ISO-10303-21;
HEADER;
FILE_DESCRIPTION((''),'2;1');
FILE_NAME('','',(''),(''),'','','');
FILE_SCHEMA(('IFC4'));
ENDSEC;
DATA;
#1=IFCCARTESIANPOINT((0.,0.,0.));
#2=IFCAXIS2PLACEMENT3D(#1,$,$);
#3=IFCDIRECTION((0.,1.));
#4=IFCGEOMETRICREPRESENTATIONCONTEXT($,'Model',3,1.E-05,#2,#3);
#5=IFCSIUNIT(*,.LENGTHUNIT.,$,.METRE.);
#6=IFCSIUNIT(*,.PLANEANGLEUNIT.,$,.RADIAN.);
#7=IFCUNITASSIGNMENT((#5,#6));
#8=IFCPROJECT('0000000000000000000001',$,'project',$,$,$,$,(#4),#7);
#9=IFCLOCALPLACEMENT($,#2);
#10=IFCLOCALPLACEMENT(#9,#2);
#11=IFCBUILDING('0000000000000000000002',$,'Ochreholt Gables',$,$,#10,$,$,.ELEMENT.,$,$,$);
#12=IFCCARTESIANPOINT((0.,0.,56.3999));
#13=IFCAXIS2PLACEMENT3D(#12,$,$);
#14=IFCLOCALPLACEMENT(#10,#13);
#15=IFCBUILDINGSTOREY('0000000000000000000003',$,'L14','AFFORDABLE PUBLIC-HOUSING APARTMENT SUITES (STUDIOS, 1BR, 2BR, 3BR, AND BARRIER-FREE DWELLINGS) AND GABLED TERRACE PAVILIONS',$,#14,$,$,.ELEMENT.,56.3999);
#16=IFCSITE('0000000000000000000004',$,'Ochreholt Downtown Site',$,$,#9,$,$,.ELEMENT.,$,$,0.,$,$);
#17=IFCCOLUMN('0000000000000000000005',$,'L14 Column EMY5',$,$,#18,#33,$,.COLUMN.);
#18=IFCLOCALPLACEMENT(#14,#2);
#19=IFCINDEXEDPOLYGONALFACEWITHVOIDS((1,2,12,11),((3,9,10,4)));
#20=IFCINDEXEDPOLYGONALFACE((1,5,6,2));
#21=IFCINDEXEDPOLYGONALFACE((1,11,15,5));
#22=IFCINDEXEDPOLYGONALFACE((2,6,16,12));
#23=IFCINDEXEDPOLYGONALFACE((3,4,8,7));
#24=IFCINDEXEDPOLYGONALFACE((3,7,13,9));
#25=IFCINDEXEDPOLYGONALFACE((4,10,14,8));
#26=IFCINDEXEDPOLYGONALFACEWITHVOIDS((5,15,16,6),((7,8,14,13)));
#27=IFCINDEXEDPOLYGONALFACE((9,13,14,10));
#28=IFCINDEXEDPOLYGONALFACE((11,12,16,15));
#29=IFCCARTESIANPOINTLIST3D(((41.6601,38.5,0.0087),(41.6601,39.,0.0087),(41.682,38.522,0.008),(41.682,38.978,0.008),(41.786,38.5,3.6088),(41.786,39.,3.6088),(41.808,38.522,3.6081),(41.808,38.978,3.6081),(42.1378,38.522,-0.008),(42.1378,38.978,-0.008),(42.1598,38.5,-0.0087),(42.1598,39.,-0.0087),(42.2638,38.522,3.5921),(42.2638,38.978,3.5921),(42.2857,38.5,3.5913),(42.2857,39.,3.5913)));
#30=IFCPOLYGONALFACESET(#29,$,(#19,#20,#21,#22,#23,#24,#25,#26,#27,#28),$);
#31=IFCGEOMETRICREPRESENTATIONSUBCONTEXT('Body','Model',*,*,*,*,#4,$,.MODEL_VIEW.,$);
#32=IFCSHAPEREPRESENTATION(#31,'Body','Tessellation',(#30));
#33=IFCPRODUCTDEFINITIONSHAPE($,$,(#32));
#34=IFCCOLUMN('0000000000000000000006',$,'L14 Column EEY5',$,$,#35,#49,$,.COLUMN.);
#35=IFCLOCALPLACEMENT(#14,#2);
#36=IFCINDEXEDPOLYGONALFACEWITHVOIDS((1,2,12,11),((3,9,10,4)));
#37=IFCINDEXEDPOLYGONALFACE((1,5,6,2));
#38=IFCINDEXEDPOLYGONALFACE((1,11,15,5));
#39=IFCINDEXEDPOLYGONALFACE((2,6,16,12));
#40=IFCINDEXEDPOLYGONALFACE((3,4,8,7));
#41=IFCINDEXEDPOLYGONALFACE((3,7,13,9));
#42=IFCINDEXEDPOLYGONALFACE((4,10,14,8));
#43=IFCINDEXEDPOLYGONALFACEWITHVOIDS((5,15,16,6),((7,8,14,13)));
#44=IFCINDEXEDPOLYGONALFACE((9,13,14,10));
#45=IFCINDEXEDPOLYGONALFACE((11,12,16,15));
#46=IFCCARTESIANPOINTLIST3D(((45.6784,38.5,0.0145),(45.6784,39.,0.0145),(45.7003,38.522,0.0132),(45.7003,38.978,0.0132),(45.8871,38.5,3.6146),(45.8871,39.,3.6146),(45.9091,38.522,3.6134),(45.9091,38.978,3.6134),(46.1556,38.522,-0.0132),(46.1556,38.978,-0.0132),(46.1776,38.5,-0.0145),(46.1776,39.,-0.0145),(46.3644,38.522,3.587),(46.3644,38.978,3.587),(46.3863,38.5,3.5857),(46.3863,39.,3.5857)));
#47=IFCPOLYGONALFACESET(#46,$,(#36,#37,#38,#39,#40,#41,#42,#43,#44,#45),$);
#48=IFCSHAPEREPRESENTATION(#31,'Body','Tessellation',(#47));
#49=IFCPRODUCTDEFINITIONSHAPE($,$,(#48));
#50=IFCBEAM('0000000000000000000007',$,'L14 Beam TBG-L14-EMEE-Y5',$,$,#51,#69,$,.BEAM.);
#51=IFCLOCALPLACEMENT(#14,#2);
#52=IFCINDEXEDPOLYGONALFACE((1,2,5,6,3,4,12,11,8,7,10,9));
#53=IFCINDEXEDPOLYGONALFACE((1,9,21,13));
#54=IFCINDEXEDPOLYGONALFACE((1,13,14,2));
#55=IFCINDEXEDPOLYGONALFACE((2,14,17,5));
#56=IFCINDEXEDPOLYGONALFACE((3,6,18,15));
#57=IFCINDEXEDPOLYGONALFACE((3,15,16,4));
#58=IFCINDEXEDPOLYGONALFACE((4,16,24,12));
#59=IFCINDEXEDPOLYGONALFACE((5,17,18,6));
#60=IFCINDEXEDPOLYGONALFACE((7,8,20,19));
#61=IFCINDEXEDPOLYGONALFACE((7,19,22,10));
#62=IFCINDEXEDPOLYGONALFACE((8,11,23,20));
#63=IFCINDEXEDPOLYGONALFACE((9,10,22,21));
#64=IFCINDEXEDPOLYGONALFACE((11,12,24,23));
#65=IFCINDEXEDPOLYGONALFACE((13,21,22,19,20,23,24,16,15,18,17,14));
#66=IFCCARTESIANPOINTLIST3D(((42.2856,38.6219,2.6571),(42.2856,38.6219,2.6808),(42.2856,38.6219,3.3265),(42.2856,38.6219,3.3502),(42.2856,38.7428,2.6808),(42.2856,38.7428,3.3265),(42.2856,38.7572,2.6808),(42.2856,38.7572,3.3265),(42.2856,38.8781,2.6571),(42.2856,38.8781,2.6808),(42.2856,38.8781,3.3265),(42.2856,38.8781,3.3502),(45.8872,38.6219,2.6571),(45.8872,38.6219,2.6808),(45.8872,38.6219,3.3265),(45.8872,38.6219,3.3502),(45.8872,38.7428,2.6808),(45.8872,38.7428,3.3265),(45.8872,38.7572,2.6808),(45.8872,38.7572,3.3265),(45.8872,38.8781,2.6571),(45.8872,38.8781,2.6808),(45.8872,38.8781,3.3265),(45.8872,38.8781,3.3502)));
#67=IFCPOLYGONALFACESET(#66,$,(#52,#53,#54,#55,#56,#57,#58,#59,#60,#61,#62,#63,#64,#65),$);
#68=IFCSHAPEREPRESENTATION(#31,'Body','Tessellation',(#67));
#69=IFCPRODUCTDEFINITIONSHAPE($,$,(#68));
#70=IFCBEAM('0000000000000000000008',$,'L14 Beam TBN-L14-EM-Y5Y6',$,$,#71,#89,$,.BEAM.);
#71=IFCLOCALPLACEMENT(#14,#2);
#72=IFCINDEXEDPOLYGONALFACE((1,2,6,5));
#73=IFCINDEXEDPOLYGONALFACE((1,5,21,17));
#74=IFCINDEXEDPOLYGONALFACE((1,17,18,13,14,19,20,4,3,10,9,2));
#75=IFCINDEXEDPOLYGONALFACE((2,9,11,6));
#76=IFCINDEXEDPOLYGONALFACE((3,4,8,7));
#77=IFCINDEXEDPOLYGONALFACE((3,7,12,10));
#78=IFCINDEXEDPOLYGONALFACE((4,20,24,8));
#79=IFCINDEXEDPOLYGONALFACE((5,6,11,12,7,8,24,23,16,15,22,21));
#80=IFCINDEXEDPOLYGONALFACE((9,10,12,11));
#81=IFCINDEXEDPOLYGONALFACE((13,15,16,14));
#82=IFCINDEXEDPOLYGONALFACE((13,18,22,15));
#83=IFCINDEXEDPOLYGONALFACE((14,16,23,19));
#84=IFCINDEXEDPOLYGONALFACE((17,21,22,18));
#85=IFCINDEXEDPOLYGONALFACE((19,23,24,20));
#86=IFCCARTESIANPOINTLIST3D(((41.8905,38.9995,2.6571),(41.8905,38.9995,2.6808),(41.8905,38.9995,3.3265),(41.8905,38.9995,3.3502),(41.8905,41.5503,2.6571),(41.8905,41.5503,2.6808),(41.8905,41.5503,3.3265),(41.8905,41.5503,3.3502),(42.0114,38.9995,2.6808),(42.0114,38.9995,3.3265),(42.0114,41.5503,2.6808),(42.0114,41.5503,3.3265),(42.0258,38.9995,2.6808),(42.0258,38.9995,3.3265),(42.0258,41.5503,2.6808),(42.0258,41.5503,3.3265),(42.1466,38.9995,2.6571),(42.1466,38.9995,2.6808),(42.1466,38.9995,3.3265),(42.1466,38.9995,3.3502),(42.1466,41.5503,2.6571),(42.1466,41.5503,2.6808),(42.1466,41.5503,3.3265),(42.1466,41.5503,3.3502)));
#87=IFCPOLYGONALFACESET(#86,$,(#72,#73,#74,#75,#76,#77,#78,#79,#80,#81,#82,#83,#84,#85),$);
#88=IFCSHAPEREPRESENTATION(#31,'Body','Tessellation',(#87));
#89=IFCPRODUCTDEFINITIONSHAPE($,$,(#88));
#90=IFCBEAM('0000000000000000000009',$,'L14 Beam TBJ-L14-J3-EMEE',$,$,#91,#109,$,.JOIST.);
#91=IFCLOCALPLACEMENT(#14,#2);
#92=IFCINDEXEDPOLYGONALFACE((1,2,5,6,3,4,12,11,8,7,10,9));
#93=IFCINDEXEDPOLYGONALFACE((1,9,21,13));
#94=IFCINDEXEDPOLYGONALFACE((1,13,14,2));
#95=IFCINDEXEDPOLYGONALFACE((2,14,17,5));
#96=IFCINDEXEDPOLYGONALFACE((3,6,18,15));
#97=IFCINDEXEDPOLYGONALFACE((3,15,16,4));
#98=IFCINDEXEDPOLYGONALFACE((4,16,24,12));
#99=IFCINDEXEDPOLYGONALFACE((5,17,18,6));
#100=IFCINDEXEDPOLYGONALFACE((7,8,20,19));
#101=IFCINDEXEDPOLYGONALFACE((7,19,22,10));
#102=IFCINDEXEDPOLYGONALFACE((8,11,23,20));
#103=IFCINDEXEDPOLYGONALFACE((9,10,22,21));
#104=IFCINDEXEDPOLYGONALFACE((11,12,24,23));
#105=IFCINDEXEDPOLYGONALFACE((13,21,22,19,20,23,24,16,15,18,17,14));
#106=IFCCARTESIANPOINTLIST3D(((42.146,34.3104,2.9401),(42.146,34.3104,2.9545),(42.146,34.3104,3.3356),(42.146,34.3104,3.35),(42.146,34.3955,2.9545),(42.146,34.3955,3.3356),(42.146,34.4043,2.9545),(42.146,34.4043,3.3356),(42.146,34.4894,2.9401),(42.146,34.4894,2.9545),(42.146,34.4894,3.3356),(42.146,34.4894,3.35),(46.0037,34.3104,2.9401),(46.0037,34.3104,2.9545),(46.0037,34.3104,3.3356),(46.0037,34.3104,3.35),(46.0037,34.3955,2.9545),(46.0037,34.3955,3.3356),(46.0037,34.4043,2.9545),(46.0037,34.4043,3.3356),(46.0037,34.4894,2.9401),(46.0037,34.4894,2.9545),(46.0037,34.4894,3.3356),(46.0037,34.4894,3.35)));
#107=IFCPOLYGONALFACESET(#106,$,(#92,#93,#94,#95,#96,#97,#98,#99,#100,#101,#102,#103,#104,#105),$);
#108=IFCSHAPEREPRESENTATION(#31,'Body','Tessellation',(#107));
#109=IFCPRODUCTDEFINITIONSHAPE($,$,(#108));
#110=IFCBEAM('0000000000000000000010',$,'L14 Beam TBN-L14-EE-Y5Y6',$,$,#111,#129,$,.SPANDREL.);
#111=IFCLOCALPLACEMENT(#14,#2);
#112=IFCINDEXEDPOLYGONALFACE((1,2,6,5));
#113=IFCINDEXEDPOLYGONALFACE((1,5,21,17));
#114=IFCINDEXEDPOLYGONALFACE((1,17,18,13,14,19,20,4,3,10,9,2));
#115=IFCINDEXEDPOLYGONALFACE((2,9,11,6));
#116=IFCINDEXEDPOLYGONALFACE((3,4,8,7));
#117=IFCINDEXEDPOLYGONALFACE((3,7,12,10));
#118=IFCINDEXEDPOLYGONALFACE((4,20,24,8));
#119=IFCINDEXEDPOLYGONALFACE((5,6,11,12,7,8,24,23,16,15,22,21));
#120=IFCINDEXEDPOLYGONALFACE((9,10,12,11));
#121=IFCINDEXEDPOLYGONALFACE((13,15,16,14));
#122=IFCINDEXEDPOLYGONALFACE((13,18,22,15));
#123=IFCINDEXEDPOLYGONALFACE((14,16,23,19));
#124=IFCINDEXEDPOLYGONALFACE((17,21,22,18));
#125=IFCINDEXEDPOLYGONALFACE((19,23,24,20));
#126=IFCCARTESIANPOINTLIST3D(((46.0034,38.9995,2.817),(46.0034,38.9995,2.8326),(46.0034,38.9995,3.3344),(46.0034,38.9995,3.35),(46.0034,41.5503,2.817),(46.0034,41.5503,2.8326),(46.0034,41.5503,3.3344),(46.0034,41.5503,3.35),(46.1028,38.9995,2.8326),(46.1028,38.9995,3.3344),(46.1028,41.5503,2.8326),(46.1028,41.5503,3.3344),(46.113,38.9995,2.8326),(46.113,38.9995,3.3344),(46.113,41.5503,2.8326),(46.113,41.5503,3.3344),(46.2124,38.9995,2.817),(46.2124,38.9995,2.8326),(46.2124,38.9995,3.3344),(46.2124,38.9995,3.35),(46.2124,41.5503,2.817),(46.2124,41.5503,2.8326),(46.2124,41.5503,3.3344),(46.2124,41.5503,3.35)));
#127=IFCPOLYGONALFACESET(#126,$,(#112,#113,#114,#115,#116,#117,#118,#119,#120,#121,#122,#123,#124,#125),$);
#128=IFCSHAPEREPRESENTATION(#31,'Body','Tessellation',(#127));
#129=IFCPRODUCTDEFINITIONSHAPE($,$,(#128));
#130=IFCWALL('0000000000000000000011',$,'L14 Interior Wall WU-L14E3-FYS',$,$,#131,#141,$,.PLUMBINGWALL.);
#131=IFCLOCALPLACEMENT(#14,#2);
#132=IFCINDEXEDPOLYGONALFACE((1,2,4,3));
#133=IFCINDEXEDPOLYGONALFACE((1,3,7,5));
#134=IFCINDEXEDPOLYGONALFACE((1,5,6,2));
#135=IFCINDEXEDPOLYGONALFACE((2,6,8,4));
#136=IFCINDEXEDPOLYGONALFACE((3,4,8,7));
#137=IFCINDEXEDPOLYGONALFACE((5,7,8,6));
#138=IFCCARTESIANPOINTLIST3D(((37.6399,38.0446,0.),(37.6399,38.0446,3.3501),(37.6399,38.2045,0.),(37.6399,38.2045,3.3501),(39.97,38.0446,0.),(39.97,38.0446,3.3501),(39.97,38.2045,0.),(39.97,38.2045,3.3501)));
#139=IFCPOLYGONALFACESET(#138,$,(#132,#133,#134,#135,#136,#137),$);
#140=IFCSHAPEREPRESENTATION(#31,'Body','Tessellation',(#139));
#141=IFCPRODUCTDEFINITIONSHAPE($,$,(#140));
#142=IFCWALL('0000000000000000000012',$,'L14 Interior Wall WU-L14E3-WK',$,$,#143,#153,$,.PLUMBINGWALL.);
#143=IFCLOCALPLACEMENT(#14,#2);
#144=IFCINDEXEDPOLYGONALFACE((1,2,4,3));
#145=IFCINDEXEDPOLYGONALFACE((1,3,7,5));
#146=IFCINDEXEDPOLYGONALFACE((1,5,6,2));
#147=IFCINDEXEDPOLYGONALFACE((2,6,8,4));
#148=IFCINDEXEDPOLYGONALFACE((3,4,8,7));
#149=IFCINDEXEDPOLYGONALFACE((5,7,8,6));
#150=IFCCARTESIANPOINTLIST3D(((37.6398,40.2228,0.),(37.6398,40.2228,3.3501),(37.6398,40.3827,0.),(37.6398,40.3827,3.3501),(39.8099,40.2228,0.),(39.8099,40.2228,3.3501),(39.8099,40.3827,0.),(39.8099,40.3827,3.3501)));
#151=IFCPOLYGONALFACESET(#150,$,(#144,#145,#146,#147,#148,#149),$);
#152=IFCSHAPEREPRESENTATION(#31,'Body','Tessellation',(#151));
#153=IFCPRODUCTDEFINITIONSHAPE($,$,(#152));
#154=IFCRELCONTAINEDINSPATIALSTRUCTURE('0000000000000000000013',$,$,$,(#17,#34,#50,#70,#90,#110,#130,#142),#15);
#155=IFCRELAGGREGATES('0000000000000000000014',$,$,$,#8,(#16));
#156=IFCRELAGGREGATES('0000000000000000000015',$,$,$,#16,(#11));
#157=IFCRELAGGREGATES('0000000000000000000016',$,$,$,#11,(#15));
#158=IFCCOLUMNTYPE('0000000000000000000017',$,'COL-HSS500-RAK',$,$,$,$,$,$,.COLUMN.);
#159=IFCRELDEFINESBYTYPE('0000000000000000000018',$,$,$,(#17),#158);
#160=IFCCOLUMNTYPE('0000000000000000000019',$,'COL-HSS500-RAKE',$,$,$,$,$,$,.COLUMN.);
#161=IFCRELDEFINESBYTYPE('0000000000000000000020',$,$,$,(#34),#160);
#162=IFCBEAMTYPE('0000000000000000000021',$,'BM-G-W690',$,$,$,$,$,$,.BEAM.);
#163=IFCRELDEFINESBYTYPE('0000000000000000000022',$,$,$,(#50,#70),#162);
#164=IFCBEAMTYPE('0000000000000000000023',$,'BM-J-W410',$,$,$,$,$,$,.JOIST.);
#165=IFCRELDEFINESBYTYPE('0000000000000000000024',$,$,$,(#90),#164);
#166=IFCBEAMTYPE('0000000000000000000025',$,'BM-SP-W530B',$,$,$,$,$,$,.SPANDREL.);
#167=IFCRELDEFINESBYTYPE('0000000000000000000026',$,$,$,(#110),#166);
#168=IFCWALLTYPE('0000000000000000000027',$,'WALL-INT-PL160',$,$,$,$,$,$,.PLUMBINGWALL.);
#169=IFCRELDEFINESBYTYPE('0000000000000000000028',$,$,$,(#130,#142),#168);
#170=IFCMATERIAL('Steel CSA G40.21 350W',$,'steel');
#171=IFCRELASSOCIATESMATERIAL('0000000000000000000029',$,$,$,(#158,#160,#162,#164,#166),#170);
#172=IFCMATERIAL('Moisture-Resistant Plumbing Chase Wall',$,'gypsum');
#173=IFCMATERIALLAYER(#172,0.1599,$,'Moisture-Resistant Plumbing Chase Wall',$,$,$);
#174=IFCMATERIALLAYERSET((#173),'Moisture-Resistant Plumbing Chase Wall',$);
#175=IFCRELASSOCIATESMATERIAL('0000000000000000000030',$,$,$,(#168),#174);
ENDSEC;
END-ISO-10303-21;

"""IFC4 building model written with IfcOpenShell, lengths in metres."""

from ifc_helpers import new_model, si_unit, direction, frame, frame_2d, origin, origin_2d, place, context, subcontext, project, spatial, rectangle, hollow_rectangle, i_section, extrude, material, layer, layer_set, material_profile, profile_set, type_object, element, save


model = new_model("IFC4")

# Units and contexts
model_context = context("Model", 3, precision=1e-05, world=origin(), true_north=direction((0.0, 1.0)))
body_context = subcontext(model_context, "Body", "Model", "MODEL_VIEW")
ifc_project = project(units=[si_unit("LENGTHUNIT", "METRE"), si_unit("PLANEANGLEUNIT", "RADIAN")], contexts=[model_context])

# Site, building, storey
site_placement = place(None, origin())
site = spatial("IfcSite", under=ifc_project, at=site_placement, Name="Ochreholt Downtown Site", CompositionType="ELEMENT", RefElevation=0.0)
building_placement = place(site_placement, origin())
building = spatial("IfcBuilding", under=site, at=building_placement, Name="Ochreholt Gables", CompositionType="ELEMENT")
storey_placement = place(building_placement, frame((0.0, 0.0, 56.3999)))
storey = spatial("IfcBuildingStorey", under=building, at=storey_placement, Name="L14", Description="AFFORDABLE PUBLIC-HOUSING APARTMENT SUITES (STUDIOS, 1BR, 2BR, 3BR, AND BARRIER-FREE DWELLINGS) AND GABLED TERRACE PAVILIONS", CompositionType="ELEMENT", Elevation=56.3999)

# Columns
ifc_material_1 = material(Name="Steel CSA G40.21 350W", Category="steel")
ifc_material_profile_1 = material_profile(ifc_material_1, hollow_rectangle(XDim=0.5, YDim=0.5, WallThickness=0.022, at=origin_2d()), Name="HSS500X500X22")
ifc_profile_set_1 = profile_set([ifc_material_profile_1], Name="Steel CSA G40.21 350W")
column_type_1 = type_object("IfcColumnType", Name="COL-HSS500-RAK", PredefinedType="COLUMN", material=ifc_profile_set_1)
column_1_placement = place(storey_placement, frame((41.9099, 38.75, 0.0), z_axis=(0.034971, 0.0, 0.999388), x_axis=(0.0, 1.0, 0.0)))
element("IfcColumn", 1, at=column_1_placement, inside=storey, type_object=column_type_1, Name="L14 Column EMY5", PredefinedType="COLUMN", context=body_context, shape_type="SweptSolid", body=[
    extrude(hollow_rectangle(XDim=0.5, YDim=0.5, WallThickness=0.022, at=origin_2d()), origin(), (0.0, 0.0, 1.0), 3.6023),
])
ifc_material_profile_2 = material_profile(ifc_material_1, hollow_rectangle(XDim=0.5, YDim=0.5, WallThickness=0.022, at=origin_2d()), Name="HSS500X500X22")
ifc_profile_set_2 = profile_set([ifc_material_profile_2], Name="Steel CSA G40.21 350W")
column_type_2 = type_object("IfcColumnType", Name="COL-HSS500-RAKE", PredefinedType="COLUMN", material=ifc_profile_set_2)
column_2_placement = place(storey_placement, frame((45.928, 38.75, 0.0), z_axis=(0.057885, 0.0, 0.998323), x_axis=(0.0, 1.0, 0.0)))
element("IfcColumn", 2, at=column_2_placement, inside=storey, type_object=column_type_2, Name="L14 Column EEY5", PredefinedType="COLUMN", context=body_context, shape_type="SweptSolid", body=[
    extrude(hollow_rectangle(XDim=0.5, YDim=0.5, WallThickness=0.022, at=origin_2d()), origin(), (0.0, 0.0, 1.0), 3.6062),
])

# Beams
ifc_material_profile_3 = material_profile(ifc_material_1, i_section(OverallWidth=0.2561, OverallDepth=0.6931, WebThickness=0.0144, FlangeThickness=0.0237, at=origin_2d()), Name="W690X170")
ifc_profile_set_3 = profile_set([ifc_material_profile_3], Name="Steel CSA G40.21 350W")
beam_type_1 = type_object("IfcBeamType", Name="BM-G-W690", PredefinedType="BEAM", material=ifc_profile_set_3)
beam_1_placement = place(storey_placement, frame((42.2856, 38.75, 3.0037), z_axis=(1.0, 0.0, 0.0), x_axis=(0.0, 1.0, 0.0)))
element("IfcBeam", 3, at=beam_1_placement, inside=storey, type_object=beam_type_1, Name="L14 Beam TBG-L14-EMEE-Y5", PredefinedType="BEAM", context=body_context, shape_type="SweptSolid", body=[
    extrude(i_section(OverallWidth=0.2561, OverallDepth=0.6931, WebThickness=0.0144, FlangeThickness=0.0237, at=origin_2d()), origin(), (0.0, 0.0, 1.0), 3.6016),
])
beam_2_placement = place(storey_placement, frame((42.0186, 38.9995, 3.0037), z_axis=(0.0, 1.0, 0.0), x_axis=(-1.0, 0.0, 0.0)))
element("IfcBeam", 4, at=beam_2_placement, inside=storey, type_object=beam_type_1, Name="L14 Beam TBN-L14-EM-Y5Y6", PredefinedType="BEAM", context=body_context, shape_type="SweptSolid", body=[
    extrude(i_section(OverallWidth=0.2561, OverallDepth=0.6931, WebThickness=0.0144, FlangeThickness=0.0237, at=origin_2d()), origin(), (0.0, 0.0, 1.0), 2.5508),
])
ifc_material_profile_4 = material_profile(ifc_material_1, i_section(OverallWidth=0.179, OverallDepth=0.4099, WebThickness=0.0088, FlangeThickness=0.0144, at=origin_2d()), Name="W410X67")
ifc_profile_set_4 = profile_set([ifc_material_profile_4], Name="Steel CSA G40.21 350W")
beam_type_2 = type_object("IfcBeamType", Name="BM-J-W410", PredefinedType="JOIST", material=ifc_profile_set_4)
beam_3_placement = place(storey_placement, frame((42.146, 34.3999, 3.145), z_axis=(1.0, 0.0, 0.0), x_axis=(0.0, 1.0, 0.0)))
element("IfcBeam", 5, at=beam_3_placement, inside=storey, type_object=beam_type_2, Name="L14 Beam TBJ-L14-J3-EMEE", PredefinedType="JOIST", context=body_context, shape_type="SweptSolid", body=[
    extrude(i_section(OverallWidth=0.179, OverallDepth=0.4099, WebThickness=0.0088, FlangeThickness=0.0144, at=origin_2d()), origin(), (0.0, 0.0, 1.0), 3.8577),
])
ifc_material_profile_5 = material_profile(ifc_material_1, i_section(OverallWidth=0.209, OverallDepth=0.533, WebThickness=0.0103, FlangeThickness=0.0156, at=origin_2d()), Name="W530X92")
ifc_profile_set_5 = profile_set([ifc_material_profile_5], Name="Steel CSA G40.21 350W")
beam_type_3 = type_object("IfcBeamType", Name="BM-SP-W530B", PredefinedType="SPANDREL", material=ifc_profile_set_5)
beam_4_placement = place(storey_placement, frame((46.1079, 38.9995, 3.0835), z_axis=(0.0, 1.0, 0.0), x_axis=(-1.0, 0.0, 0.0)))
element("IfcBeam", 6, at=beam_4_placement, inside=storey, type_object=beam_type_3, Name="L14 Beam TBN-L14-EE-Y5Y6", PredefinedType="SPANDREL", context=body_context, shape_type="SweptSolid", body=[
    extrude(i_section(OverallWidth=0.209, OverallDepth=0.533, WebThickness=0.0103, FlangeThickness=0.0156, at=origin_2d()), origin(), (0.0, 0.0, 1.0), 2.5508),
])

# Wall
ifc_material_2 = material(Name="Moisture-Resistant Plumbing Chase Wall", Category="gypsum")
ifc_layer = layer(ifc_material_2, 0.1599, Name="Moisture-Resistant Plumbing Chase Wall")
ifc_layer_set = layer_set([ifc_layer], Name="Moisture-Resistant Plumbing Chase Wall")
wall_type = type_object("IfcWallType", Name="WALL-INT-PL160", PredefinedType="PLUMBINGWALL", material=ifc_layer_set)
wall_1_placement = place(storey_placement, frame((37.6399, 38.1245, 0.0), z_axis=(0.0, 0.0, 1.0), x_axis=(1.0, 0.0, 0.0)))
element("IfcWall", 7, at=wall_1_placement, inside=storey, type_object=wall_type, Name="L14 Interior Wall WU-L14E3-FYS", PredefinedType="PLUMBINGWALL", context=body_context, shape_type="SweptSolid", body=[
    extrude(rectangle(XDim=2.3301, YDim=0.1599, at=frame_2d((1.165, 0.0))), origin(), (0.0, 0.0, 1.0), 3.3501),
])

# Wall
wall_2_placement = place(storey_placement, frame((37.6399, 40.3027, 0.0), z_axis=(0.0, 0.0, 1.0), x_axis=(1.0, 0.0, 0.0)))
element("IfcWall", 8, at=wall_2_placement, inside=storey, type_object=wall_type, Name="L14 Interior Wall WU-L14E3-WK", PredefinedType="PLUMBINGWALL", context=body_context, shape_type="SweptSolid", body=[
    extrude(rectangle(XDim=2.1702, YDim=0.1599, at=frame_2d((1.085, 0.0))), origin(), (0.0, 0.0, 1.0), 3.3501),
])

save(model, "model.ifc")
